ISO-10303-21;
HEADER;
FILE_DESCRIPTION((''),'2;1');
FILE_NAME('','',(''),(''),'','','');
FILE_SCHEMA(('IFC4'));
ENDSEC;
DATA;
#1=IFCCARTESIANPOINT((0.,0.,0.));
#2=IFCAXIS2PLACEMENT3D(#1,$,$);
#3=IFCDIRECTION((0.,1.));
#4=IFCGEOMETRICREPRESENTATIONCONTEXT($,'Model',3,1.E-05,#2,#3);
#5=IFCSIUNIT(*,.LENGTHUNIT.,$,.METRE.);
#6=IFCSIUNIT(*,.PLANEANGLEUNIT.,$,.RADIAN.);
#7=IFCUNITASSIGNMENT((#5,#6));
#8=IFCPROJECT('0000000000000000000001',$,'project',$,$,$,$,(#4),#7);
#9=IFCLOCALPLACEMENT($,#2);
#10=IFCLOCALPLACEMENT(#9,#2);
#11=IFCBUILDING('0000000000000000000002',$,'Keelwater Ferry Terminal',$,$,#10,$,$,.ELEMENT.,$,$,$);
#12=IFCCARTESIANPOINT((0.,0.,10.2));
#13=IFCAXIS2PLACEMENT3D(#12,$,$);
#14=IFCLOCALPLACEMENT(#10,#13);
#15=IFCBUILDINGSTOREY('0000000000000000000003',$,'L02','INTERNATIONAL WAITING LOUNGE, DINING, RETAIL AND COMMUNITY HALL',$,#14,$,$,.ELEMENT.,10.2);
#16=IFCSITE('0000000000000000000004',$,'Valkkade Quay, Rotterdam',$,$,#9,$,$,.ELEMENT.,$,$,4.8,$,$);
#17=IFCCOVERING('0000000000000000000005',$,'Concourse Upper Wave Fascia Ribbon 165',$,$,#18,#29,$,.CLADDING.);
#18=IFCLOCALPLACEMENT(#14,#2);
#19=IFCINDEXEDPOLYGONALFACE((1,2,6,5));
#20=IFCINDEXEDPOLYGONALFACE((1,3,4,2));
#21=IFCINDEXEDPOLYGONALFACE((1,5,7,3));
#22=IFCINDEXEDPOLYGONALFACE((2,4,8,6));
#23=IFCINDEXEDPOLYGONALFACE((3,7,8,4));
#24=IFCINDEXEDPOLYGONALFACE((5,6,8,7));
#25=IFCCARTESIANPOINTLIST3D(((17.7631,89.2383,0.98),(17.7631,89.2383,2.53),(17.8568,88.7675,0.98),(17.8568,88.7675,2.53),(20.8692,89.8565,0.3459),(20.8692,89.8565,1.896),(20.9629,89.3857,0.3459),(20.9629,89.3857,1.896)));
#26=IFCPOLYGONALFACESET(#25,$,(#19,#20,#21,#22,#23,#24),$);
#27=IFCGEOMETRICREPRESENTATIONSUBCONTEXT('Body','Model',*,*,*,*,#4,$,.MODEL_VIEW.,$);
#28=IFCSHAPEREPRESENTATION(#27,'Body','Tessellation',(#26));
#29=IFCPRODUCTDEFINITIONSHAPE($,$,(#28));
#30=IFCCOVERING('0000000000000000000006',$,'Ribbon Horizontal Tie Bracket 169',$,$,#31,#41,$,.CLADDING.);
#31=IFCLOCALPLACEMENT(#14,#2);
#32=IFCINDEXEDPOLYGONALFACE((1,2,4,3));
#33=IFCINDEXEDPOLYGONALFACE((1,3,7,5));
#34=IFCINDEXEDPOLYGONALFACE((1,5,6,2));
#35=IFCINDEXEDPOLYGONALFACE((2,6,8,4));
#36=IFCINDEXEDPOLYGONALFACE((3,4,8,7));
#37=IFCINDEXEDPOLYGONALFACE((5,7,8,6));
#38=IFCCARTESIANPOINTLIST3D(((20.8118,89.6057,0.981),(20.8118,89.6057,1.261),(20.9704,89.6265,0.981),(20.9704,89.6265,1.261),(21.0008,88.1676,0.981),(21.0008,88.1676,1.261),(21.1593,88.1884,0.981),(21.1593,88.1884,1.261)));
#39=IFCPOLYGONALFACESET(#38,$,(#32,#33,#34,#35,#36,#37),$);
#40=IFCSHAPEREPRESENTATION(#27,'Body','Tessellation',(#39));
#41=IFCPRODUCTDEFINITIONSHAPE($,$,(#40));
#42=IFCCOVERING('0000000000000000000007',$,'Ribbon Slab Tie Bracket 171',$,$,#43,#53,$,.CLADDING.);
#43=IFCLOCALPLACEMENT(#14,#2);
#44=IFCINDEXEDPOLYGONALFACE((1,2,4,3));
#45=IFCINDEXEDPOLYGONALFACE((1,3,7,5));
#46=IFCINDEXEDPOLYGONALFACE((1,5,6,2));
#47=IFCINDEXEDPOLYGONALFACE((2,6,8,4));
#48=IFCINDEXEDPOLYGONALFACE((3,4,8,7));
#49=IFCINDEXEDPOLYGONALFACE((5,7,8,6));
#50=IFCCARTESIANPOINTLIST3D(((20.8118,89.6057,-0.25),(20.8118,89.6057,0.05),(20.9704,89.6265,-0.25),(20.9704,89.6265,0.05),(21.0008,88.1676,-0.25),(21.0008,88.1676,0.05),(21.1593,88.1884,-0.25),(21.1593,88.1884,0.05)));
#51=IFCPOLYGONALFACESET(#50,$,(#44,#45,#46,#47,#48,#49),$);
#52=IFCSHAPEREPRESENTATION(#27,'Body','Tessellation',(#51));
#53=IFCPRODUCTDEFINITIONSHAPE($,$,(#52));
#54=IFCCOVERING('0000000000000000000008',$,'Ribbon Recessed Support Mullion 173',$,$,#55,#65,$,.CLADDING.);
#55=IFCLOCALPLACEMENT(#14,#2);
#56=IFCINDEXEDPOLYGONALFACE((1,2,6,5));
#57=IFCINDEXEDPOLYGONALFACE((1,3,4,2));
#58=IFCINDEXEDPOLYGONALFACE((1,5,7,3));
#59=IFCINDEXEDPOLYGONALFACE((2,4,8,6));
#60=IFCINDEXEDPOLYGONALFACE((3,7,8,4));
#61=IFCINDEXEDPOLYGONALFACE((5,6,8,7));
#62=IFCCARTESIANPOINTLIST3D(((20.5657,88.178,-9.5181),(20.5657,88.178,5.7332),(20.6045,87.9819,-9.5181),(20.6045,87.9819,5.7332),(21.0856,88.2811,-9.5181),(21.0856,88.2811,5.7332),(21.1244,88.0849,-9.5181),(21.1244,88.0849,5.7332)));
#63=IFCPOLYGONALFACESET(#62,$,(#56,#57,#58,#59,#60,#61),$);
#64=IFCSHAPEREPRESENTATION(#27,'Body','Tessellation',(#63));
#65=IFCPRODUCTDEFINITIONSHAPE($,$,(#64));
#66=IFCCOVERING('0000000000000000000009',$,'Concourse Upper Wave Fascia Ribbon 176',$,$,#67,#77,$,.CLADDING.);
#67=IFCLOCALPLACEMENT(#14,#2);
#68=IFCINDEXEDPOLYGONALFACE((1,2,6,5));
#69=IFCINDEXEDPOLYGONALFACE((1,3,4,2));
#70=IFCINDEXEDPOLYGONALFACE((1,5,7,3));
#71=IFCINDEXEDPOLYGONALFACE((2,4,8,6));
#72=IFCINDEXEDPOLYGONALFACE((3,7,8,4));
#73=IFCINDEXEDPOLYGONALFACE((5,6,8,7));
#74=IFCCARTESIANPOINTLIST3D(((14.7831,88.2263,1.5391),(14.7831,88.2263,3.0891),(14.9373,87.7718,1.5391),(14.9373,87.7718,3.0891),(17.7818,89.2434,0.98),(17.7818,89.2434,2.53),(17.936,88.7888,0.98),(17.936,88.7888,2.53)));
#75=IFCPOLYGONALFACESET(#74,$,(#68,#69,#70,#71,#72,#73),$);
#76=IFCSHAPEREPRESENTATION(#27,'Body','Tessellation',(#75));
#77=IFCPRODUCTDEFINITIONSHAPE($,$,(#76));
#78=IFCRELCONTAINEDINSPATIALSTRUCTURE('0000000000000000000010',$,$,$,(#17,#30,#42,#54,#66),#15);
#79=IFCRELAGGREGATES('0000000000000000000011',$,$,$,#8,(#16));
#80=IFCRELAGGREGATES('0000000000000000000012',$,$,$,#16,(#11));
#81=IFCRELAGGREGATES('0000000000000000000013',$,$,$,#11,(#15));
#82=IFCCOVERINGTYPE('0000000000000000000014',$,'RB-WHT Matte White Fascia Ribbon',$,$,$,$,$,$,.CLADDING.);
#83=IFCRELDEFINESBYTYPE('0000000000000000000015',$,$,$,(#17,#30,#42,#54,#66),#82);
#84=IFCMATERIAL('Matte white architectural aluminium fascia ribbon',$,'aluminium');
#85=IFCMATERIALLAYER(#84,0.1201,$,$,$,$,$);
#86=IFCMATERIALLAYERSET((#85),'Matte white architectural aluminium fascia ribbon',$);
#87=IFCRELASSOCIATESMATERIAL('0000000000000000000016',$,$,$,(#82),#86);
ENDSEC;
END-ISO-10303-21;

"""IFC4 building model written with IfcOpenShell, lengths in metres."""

from ifc_helpers import new_model, si_unit, direction, frame, frame_2d, origin, place, context, subcontext, project, spatial, polyline, rectangle, outline, extrude, material, layer, layer_set, type_object, element, save


model = new_model("IFC4")

# Units and contexts
model_context = context("Model", 3, precision=1e-05, world=origin(), true_north=direction((0.0, 1.0)))
body_context = subcontext(model_context, "Body", "Model", "MODEL_VIEW")
ifc_project = project(units=[si_unit("LENGTHUNIT", "METRE"), si_unit("PLANEANGLEUNIT", "RADIAN")], contexts=[model_context])

# Site, building, storey
site_placement = place(None, origin())
site = spatial("IfcSite", under=ifc_project, at=site_placement, Name="Valkkade Quay, Rotterdam", CompositionType="ELEMENT", RefElevation=4.8)
building_placement = place(site_placement, origin())
building = spatial("IfcBuilding", under=site, at=building_placement, Name="Keelwater Ferry Terminal", CompositionType="ELEMENT")
storey_placement = place(building_placement, frame((0.0, 0.0, 10.2)))
storey = spatial("IfcBuildingStorey", under=building, at=storey_placement, Name="L02", Description="INTERNATIONAL WAITING LOUNGE, DINING, RETAIL AND COMMUNITY HALL", CompositionType="ELEMENT", Elevation=10.2)

# Coverings
ifc_material_1 = material(Name="Matte white architectural aluminium fascia ribbon", Category="aluminium")
ifc_layer_1 = layer(ifc_material_1, 0.1201)
ifc_layer_set_1 = layer_set([ifc_layer_1], Name="Matte white architectural aluminium fascia ribbon")
covering_type = type_object("IfcCoveringType", Name="RB-WHT Matte White Fascia Ribbon", PredefinedType="CLADDING", material=ifc_layer_set_1)
covering_1_placement = place(storey_placement, frame((20.916, 89.6211, 0.3459), z_axis=(0.0, 0.0, 1.0), x_axis=(-0.980764, -0.195197, 0.0)))
element("IfcCovering", 1, at=covering_1_placement, inside=storey, type_object=covering_type, Name="Concourse Upper Wave Fascia Ribbon 165", PredefinedType="CLADDING", context=body_context, shape_type="SweptSolid", body=[
    extrude(outline(polyline([(0.0, 0.0), (3.167, 0.634), (3.167, 2.1841), (0.0, 1.55), (0.0, 0.0)])), frame((0.0, 0.24, 0.0), z_axis=(0.0, -1.0, 0.0), x_axis=(1.0, 0.0, 0.0)), (0.0, 0.0, 1.0), 0.48),
])
covering_2_placement = place(storey_placement, frame((20.8911, 89.616, 0.981), z_axis=(0.0, 0.0, 1.0), x_axis=(0.130289, -0.991476, 0.0)))
element("IfcCovering", 2, at=covering_2_placement, inside=storey, type_object=covering_type, Name="Ribbon Horizontal Tie Bracket 169", PredefinedType="CLADDING", context=body_context, shape_type="SweptSolid", body=[
    extrude(rectangle(XDim=1.4504, YDim=0.1599, at=frame_2d((0.7251, 0.0))), origin(), (0.0, 0.0, 1.0), 0.28),
])
covering_3_placement = place(storey_placement, frame((20.8911, 89.616, -0.25), z_axis=(0.0, 0.0, 1.0), x_axis=(0.130289, -0.991476, 0.0)))
element("IfcCovering", 3, at=covering_3_placement, inside=storey, type_object=covering_type, Name="Ribbon Slab Tie Bracket 171", PredefinedType="CLADDING", context=body_context, shape_type="SweptSolid", body=[
    extrude(rectangle(XDim=1.4504, YDim=0.1599, at=frame_2d((0.7251, 0.0))), origin(), (0.0, 0.0, 1.0), 0.3),
])
covering_4_placement = place(storey_placement, frame((21.105, 88.1831, -9.5181), z_axis=(0.0, 0.0, 1.0), x_axis=(-0.980933, -0.194345, 0.0)))
element("IfcCovering", 4, at=covering_4_placement, inside=storey, type_object=covering_type, Name="Ribbon Recessed Support Mullion 173", PredefinedType="CLADDING", context=body_context, shape_type="SweptSolid", body=[
    extrude(outline(polyline([(0.0, 0.0), (0.53, 0.0), (0.53, 15.2512), (0.0, 15.2512), (0.0, 0.0)])), frame((0.0, 0.1001, 0.0), z_axis=(0.0, -1.0, 0.0), x_axis=(1.0, 0.0, 0.0)), (0.0, 0.0, 1.0), 0.2),
])
covering_5_placement = place(storey_placement, frame((17.8589, 89.0161, 0.98), z_axis=(0.0, 0.0, 1.0), x_axis=(-0.947013, -0.321196, 0.0)))
element("IfcCovering", 5, at=covering_5_placement, inside=storey, type_object=covering_type, Name="Concourse Upper Wave Fascia Ribbon 176", PredefinedType="CLADDING", context=body_context, shape_type="SweptSolid", body=[
    extrude(outline(polyline([(0.0, 0.0), (3.1665, 0.5591), (3.1665, 2.1091), (0.0, 1.55), (0.0, 0.0)])), frame((0.0, 0.24, 0.0), z_axis=(0.0, -1.0, 0.0), x_axis=(1.0, 0.0, 0.0)), (0.0, 0.0, 1.0), 0.48),
])

save(model, "model.ifc")
